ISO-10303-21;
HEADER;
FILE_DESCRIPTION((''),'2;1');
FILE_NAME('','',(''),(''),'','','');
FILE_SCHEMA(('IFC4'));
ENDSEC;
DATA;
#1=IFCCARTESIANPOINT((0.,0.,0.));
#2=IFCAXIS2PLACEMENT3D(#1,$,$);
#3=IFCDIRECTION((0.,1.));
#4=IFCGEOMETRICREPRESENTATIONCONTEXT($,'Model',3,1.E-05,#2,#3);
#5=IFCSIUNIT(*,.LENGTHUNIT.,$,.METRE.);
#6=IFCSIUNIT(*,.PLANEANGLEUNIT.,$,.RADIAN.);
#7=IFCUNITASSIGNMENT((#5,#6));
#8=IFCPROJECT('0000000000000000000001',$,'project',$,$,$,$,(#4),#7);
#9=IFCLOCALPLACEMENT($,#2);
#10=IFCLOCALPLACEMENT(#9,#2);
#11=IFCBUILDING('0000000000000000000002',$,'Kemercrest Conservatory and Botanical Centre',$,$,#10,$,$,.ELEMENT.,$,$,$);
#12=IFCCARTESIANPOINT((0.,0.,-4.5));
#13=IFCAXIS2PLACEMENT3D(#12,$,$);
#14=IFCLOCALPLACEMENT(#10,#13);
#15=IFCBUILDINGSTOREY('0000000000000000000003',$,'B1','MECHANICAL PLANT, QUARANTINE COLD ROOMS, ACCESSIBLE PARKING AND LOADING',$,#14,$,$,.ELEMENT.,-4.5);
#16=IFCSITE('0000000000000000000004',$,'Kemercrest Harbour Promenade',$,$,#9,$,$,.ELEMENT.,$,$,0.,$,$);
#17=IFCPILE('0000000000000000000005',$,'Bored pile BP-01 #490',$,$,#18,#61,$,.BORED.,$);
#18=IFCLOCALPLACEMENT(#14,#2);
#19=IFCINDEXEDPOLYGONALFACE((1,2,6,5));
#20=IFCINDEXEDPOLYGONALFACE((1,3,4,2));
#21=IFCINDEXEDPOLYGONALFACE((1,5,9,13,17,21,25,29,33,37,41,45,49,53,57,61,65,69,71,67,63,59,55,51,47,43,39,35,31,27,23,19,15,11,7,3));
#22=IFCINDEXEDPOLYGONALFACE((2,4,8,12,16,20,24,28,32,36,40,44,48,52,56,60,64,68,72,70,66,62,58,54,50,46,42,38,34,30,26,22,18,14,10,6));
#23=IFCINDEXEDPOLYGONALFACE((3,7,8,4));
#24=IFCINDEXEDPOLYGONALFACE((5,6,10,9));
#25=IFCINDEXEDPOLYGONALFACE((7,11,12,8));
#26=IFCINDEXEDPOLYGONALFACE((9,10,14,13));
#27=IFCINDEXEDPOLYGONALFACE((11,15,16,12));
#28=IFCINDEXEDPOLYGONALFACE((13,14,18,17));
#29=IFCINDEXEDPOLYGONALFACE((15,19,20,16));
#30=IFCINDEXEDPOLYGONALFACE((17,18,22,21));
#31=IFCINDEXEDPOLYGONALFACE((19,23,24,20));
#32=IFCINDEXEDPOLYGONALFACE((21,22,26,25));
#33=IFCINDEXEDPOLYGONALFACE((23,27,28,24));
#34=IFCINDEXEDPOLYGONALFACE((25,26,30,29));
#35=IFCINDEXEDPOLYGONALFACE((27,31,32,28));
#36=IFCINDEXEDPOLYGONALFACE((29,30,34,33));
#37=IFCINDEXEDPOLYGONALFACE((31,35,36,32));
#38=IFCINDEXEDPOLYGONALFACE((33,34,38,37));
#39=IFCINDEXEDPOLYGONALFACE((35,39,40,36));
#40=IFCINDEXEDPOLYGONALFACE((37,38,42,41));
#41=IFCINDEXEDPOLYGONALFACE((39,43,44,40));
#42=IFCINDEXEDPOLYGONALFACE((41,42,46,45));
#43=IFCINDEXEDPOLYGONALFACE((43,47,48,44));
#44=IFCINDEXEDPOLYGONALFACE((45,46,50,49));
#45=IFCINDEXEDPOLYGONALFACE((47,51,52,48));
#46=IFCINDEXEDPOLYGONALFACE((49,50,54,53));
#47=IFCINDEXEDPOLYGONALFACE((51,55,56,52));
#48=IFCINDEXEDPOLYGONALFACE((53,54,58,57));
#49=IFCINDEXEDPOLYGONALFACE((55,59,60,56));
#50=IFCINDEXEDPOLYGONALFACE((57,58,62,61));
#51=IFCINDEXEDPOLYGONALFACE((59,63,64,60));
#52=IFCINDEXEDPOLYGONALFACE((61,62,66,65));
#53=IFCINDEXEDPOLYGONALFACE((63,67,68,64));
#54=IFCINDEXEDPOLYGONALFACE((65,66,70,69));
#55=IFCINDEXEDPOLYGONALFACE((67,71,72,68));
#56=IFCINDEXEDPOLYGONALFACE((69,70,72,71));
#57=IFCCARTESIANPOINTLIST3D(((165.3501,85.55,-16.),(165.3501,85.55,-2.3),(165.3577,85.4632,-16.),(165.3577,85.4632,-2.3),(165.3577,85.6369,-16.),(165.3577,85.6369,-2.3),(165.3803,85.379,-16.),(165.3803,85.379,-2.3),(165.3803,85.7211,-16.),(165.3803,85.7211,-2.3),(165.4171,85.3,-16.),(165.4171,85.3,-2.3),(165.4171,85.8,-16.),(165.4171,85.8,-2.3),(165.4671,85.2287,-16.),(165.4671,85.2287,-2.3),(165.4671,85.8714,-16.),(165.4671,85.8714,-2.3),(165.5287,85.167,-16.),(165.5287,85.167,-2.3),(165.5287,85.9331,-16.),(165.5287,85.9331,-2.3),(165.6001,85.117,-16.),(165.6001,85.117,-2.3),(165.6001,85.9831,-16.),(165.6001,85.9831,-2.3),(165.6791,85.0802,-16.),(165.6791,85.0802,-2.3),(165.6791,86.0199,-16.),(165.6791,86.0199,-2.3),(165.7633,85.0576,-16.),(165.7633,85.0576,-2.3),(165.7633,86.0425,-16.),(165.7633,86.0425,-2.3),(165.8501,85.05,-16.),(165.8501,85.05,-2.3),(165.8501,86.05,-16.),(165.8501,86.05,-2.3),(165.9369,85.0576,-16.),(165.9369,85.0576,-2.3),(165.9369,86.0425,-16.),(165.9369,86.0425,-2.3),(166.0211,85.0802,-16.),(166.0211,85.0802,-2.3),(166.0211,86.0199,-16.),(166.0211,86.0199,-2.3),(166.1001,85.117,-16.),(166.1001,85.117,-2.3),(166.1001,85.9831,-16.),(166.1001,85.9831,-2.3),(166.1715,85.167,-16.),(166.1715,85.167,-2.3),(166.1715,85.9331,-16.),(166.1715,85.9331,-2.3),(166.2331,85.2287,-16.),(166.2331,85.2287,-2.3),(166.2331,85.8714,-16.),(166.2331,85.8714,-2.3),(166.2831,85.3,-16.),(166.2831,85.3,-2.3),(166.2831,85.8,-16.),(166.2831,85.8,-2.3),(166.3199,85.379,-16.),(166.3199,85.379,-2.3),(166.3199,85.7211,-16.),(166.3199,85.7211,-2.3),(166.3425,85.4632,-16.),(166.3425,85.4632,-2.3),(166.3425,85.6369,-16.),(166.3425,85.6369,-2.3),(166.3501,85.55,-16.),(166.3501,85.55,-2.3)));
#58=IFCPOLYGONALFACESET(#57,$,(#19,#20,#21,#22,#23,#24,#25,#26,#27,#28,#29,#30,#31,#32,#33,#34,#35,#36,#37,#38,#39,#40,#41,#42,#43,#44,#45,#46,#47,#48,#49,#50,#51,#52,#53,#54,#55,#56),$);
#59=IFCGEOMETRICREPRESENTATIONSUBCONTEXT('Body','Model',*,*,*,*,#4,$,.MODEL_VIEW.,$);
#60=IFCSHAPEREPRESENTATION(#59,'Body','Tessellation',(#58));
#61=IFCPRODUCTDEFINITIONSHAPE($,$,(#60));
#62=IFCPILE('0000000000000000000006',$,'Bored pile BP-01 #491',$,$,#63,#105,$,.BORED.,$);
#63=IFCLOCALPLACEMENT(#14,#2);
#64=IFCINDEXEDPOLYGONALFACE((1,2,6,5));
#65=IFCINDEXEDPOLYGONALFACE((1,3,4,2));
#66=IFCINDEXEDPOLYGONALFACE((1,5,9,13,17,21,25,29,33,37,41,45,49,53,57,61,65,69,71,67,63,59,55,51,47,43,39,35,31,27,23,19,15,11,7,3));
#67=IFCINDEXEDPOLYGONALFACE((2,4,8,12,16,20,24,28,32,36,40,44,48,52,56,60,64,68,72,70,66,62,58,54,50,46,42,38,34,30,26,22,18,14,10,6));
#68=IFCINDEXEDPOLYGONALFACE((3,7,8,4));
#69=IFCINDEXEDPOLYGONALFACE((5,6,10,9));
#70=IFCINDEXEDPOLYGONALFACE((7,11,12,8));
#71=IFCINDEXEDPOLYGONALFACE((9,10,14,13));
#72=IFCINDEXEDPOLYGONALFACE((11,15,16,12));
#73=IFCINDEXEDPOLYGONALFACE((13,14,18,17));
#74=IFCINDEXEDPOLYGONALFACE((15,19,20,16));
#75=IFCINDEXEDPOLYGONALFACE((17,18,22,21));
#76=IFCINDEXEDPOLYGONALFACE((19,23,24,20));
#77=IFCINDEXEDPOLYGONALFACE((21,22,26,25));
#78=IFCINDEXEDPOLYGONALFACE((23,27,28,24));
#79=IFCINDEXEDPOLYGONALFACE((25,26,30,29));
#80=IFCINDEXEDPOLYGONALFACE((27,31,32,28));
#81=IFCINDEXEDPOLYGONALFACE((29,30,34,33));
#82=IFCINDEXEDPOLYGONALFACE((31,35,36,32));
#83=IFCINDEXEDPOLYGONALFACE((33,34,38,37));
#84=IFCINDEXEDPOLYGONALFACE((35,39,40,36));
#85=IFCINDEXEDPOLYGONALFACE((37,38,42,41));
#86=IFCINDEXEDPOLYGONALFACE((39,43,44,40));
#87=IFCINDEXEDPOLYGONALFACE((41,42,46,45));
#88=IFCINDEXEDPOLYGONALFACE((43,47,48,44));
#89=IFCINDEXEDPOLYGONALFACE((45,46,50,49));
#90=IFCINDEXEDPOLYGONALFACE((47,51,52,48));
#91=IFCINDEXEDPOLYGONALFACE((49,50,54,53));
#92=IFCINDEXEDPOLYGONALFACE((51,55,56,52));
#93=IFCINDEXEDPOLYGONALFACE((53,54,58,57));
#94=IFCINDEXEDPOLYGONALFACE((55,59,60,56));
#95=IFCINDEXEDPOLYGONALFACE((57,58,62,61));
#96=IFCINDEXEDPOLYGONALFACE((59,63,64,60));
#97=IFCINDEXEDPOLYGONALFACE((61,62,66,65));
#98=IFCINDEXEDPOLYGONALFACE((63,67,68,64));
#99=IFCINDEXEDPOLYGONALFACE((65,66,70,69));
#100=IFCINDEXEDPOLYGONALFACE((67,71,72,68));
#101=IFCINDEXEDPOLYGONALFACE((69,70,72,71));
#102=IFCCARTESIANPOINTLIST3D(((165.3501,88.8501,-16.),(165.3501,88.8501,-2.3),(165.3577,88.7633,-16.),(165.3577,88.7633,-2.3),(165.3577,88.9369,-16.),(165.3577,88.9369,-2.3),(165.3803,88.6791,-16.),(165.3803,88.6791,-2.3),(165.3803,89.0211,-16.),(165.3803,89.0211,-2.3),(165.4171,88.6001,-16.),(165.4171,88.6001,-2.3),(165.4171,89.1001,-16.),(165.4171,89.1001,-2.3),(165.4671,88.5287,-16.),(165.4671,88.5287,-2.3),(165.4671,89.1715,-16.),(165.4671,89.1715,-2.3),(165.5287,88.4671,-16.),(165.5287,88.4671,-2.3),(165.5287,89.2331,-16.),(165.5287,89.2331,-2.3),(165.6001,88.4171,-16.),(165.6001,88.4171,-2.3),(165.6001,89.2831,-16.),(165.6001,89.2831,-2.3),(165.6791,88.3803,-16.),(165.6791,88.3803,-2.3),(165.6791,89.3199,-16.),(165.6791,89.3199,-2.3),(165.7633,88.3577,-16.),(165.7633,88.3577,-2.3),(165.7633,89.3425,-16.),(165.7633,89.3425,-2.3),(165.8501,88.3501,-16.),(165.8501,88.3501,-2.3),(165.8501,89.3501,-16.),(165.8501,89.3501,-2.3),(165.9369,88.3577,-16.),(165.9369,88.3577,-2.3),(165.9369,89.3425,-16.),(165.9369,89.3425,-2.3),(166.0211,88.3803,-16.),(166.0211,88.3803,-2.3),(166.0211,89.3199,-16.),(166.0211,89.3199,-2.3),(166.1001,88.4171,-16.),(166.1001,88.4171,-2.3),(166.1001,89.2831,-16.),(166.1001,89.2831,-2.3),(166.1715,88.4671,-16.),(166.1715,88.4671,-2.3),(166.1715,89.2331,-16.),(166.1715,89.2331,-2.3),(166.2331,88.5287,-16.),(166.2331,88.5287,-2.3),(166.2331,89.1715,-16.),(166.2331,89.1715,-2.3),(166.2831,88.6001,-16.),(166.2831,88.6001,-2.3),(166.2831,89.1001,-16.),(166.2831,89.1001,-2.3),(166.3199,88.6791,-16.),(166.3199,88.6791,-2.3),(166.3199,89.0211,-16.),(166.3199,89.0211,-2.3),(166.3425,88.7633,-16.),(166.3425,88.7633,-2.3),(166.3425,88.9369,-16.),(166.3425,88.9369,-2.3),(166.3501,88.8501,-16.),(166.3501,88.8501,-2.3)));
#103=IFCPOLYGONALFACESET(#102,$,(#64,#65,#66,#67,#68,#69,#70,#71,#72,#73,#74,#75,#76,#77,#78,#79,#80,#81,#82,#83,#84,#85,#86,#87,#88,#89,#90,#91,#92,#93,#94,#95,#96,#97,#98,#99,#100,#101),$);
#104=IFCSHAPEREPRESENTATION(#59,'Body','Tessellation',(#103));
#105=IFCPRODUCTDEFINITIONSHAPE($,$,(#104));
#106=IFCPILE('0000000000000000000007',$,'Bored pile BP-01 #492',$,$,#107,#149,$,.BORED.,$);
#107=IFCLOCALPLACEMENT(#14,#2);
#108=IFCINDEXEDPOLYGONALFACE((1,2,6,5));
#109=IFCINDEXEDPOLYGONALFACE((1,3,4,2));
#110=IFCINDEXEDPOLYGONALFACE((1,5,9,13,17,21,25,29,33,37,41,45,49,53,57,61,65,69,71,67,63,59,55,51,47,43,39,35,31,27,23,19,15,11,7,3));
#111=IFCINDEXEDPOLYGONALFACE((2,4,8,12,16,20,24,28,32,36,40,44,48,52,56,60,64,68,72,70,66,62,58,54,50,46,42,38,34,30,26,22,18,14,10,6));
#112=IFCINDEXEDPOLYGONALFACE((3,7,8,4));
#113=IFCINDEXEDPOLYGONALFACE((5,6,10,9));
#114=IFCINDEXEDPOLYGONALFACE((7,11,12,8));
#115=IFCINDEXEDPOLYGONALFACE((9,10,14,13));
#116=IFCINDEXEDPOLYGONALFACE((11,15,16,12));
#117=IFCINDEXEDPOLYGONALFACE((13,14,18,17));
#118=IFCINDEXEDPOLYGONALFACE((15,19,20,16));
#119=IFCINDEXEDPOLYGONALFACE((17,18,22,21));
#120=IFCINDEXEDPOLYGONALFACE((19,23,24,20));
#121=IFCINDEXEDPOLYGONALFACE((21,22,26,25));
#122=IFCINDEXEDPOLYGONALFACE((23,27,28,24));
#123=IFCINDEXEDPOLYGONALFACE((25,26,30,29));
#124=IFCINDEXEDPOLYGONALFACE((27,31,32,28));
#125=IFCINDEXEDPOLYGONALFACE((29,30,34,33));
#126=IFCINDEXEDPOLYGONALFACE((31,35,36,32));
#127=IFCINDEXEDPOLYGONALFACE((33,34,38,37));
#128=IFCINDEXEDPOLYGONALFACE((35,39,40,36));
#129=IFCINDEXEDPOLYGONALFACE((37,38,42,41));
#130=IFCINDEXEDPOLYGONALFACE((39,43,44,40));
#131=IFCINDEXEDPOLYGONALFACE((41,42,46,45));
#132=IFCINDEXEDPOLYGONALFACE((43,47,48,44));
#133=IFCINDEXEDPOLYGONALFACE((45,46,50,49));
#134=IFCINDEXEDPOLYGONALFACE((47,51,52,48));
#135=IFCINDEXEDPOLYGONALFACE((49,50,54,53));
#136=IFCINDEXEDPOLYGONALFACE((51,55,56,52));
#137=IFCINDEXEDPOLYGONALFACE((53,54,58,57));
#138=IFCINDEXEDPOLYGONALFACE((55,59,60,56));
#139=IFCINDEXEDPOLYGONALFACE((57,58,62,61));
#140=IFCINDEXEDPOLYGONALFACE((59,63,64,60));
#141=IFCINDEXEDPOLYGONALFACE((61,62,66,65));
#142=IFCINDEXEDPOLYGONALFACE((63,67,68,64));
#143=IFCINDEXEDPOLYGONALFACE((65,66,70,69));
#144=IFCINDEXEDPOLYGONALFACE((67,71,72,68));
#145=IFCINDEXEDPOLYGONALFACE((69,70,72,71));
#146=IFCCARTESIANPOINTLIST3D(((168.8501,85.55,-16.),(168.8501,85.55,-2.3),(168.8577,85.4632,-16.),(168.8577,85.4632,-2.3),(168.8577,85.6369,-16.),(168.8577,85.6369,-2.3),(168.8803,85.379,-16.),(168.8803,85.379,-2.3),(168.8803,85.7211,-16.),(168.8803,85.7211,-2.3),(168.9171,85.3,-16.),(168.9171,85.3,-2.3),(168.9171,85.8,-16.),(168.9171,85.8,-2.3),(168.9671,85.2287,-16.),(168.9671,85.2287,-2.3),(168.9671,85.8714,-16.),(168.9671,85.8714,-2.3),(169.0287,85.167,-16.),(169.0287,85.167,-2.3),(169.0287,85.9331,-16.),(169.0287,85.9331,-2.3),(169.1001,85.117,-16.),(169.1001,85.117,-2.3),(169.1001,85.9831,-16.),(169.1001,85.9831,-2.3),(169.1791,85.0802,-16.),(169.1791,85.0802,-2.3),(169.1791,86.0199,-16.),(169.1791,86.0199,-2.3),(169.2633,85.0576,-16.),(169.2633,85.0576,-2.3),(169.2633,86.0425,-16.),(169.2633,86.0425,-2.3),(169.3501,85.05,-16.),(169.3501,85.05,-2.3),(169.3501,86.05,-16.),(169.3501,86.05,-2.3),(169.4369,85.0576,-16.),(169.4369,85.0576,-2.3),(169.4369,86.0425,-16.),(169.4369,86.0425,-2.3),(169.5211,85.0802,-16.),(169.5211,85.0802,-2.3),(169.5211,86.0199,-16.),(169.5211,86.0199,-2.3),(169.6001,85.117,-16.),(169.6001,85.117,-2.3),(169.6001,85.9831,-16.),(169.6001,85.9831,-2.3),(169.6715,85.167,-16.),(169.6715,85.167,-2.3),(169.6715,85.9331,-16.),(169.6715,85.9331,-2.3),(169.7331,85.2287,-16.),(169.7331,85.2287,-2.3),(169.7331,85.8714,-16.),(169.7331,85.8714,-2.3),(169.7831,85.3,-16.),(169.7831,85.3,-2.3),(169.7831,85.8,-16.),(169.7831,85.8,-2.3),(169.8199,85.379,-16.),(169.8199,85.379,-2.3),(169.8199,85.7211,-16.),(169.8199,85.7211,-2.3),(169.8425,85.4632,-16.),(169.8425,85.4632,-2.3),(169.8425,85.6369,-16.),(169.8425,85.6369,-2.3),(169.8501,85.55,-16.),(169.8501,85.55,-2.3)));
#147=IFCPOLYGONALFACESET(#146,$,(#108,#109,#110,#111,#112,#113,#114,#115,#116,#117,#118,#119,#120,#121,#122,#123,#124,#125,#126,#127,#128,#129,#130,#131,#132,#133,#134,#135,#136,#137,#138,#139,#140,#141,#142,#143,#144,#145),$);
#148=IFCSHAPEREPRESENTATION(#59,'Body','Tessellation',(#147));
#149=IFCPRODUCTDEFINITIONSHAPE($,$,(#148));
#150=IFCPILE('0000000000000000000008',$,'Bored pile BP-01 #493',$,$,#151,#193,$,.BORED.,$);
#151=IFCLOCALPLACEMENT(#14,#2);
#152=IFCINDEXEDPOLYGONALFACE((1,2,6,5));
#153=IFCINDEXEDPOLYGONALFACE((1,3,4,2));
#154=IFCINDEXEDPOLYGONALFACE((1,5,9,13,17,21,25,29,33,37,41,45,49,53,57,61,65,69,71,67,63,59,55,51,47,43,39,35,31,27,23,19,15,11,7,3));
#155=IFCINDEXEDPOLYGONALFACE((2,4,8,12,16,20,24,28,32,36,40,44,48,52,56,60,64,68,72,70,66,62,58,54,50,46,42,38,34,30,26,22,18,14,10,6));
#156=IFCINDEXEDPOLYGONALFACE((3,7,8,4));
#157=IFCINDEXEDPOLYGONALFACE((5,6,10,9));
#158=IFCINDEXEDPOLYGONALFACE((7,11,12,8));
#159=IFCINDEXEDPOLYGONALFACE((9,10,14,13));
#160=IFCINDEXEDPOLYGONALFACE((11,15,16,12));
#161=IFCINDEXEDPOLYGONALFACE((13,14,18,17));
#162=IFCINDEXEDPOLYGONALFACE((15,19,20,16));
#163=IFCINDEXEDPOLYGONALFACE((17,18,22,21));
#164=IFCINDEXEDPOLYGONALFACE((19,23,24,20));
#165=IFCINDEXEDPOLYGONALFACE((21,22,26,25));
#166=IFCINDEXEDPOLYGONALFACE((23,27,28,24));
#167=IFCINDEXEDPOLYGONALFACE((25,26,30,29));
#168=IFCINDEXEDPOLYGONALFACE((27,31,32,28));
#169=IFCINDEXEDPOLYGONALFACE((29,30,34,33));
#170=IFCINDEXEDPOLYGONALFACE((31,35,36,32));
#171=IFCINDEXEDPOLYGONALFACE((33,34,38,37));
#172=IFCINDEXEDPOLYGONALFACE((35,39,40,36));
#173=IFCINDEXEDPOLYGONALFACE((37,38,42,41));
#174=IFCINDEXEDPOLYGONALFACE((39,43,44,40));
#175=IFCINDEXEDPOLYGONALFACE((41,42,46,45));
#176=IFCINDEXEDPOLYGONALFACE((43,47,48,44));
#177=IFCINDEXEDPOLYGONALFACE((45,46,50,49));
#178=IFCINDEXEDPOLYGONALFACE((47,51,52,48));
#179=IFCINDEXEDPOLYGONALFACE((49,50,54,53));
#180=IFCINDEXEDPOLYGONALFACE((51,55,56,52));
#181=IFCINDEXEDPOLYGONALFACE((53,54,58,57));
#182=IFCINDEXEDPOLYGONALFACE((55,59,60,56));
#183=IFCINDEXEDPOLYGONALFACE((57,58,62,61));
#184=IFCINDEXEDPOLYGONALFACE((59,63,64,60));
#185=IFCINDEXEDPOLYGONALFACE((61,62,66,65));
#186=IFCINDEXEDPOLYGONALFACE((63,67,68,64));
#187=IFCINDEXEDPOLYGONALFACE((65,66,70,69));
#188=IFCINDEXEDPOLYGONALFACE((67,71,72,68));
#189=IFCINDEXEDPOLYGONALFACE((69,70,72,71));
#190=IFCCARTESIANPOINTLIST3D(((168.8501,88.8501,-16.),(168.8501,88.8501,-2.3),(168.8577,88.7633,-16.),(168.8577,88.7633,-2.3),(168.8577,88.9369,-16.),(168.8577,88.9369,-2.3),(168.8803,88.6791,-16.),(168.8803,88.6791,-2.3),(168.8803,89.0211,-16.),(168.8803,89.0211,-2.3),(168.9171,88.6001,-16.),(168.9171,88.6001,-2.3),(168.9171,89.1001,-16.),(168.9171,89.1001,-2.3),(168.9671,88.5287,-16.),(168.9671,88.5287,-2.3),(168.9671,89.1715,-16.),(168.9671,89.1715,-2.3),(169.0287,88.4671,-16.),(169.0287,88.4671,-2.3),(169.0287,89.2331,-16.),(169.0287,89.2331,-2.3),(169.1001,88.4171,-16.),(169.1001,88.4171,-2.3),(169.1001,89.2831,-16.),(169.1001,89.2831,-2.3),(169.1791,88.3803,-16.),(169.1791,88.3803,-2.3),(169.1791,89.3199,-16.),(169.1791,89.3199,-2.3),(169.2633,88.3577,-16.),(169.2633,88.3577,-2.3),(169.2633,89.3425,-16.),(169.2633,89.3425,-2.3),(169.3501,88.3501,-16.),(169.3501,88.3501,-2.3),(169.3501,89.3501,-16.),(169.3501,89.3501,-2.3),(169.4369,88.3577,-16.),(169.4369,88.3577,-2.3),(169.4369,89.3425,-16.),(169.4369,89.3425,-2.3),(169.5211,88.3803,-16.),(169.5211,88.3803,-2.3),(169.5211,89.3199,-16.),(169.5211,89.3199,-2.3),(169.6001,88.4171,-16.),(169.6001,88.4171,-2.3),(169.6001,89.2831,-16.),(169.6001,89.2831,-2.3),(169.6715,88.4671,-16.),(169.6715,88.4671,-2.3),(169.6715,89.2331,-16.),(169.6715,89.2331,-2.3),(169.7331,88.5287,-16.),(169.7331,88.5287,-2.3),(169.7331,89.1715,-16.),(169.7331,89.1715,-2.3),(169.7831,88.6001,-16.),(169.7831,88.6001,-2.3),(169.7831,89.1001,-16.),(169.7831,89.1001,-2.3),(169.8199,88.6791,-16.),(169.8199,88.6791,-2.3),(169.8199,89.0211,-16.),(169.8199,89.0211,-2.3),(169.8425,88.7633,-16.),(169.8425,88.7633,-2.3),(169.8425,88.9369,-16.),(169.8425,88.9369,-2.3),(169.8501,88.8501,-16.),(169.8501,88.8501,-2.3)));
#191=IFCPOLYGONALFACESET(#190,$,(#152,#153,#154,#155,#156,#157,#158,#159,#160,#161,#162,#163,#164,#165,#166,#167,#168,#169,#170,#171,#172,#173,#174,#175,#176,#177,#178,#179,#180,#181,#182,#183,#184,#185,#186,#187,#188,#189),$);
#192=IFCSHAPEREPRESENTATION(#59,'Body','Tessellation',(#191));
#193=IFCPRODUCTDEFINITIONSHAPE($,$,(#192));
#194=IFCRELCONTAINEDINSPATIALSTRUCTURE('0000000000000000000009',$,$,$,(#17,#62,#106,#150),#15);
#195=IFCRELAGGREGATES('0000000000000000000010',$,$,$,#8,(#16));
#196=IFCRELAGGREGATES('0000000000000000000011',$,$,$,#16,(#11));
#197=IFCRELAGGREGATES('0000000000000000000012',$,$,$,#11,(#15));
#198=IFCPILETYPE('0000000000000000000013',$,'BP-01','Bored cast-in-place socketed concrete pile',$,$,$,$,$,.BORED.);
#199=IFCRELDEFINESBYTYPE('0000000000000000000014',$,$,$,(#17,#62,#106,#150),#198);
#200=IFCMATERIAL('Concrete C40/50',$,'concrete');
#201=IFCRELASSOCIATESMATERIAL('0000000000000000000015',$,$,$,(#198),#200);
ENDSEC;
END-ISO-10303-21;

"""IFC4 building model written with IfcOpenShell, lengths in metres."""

from ifc_helpers import new_model, si_unit, direction, frame, origin, origin_2d, place, context, subcontext, project, spatial, circle, extrude, material, material_profile, profile_set, type_object, element, save


model = new_model("IFC4")

# Units and contexts
model_context = context("Model", 3, precision=1e-05, world=origin(), true_north=direction((0.0, 1.0)))
body_context = subcontext(model_context, "Body", "Model", "MODEL_VIEW")
ifc_project = project(units=[si_unit("LENGTHUNIT", "METRE"), si_unit("PLANEANGLEUNIT", "RADIAN")], contexts=[model_context])

# Site, building, storey
site_placement = place(None, origin())
site = spatial("IfcSite", under=ifc_project, at=site_placement, Name="Kemercrest Harbour Promenade", CompositionType="ELEMENT", RefElevation=0.0)
building_placement = place(site_placement, origin())
building = spatial("IfcBuilding", under=site, at=building_placement, Name="Kemercrest Conservatory and Botanical Centre", CompositionType="ELEMENT")
storey_placement = place(building_placement, frame((0.0, 0.0, -4.5)))
storey = spatial("IfcBuildingStorey", under=building, at=storey_placement, Name="B1", Description="MECHANICAL PLANT, QUARANTINE COLD ROOMS, ACCESSIBLE PARKING AND LOADING", CompositionType="ELEMENT", Elevation=-4.5)

# Piles
ifc_material_1 = material(Name="Concrete C40/50", Category="concrete")
ifc_material_profile_1 = material_profile(ifc_material_1, circle(Radius=0.5, at=origin_2d()), Name="BORED PILE 1000")
ifc_profile_set_1 = profile_set([ifc_material_profile_1], Name="Concrete C40/50")
pile_type_1 = type_object("IfcPileType", Name="BP-01", Description="Bored cast-in-place socketed concrete pile", PredefinedType="BORED", material=ifc_profile_set_1)
for number, where, z_axis, x_axis, name in (
    (1, (165.8501, 85.55, -2.3), (0.0, 0.0, -1.0), (1.0, 0.0, 0.0), "Bored pile BP-01 #490"),
    (2, (165.8501, 88.8501, -2.3), (0.0, 0.0, -1.0), (1.0, 0.0, 0.0), "Bored pile BP-01 #491"),
    (3, (169.3501, 85.55, -2.3), (0.0, 0.0, -1.0), (1.0, 0.0, 0.0), "Bored pile BP-01 #492"),
    (4, (169.3501, 88.8501, -2.3), (0.0, 0.0, -1.0), (1.0, 0.0, 0.0), "Bored pile BP-01 #493"),
):
    element("IfcPile", number, at=place(storey_placement, frame(where, z_axis=z_axis, x_axis=x_axis)), inside=storey, type_object=pile_type_1, Name=name, PredefinedType="BORED", context=body_context, shape_type="SweptSolid", body=[
        extrude(circle(Radius=0.5, at=origin_2d()), origin(), (0.0, 0.0, 1.0), 13.7),
    ])

save(model, "model.ifc")
